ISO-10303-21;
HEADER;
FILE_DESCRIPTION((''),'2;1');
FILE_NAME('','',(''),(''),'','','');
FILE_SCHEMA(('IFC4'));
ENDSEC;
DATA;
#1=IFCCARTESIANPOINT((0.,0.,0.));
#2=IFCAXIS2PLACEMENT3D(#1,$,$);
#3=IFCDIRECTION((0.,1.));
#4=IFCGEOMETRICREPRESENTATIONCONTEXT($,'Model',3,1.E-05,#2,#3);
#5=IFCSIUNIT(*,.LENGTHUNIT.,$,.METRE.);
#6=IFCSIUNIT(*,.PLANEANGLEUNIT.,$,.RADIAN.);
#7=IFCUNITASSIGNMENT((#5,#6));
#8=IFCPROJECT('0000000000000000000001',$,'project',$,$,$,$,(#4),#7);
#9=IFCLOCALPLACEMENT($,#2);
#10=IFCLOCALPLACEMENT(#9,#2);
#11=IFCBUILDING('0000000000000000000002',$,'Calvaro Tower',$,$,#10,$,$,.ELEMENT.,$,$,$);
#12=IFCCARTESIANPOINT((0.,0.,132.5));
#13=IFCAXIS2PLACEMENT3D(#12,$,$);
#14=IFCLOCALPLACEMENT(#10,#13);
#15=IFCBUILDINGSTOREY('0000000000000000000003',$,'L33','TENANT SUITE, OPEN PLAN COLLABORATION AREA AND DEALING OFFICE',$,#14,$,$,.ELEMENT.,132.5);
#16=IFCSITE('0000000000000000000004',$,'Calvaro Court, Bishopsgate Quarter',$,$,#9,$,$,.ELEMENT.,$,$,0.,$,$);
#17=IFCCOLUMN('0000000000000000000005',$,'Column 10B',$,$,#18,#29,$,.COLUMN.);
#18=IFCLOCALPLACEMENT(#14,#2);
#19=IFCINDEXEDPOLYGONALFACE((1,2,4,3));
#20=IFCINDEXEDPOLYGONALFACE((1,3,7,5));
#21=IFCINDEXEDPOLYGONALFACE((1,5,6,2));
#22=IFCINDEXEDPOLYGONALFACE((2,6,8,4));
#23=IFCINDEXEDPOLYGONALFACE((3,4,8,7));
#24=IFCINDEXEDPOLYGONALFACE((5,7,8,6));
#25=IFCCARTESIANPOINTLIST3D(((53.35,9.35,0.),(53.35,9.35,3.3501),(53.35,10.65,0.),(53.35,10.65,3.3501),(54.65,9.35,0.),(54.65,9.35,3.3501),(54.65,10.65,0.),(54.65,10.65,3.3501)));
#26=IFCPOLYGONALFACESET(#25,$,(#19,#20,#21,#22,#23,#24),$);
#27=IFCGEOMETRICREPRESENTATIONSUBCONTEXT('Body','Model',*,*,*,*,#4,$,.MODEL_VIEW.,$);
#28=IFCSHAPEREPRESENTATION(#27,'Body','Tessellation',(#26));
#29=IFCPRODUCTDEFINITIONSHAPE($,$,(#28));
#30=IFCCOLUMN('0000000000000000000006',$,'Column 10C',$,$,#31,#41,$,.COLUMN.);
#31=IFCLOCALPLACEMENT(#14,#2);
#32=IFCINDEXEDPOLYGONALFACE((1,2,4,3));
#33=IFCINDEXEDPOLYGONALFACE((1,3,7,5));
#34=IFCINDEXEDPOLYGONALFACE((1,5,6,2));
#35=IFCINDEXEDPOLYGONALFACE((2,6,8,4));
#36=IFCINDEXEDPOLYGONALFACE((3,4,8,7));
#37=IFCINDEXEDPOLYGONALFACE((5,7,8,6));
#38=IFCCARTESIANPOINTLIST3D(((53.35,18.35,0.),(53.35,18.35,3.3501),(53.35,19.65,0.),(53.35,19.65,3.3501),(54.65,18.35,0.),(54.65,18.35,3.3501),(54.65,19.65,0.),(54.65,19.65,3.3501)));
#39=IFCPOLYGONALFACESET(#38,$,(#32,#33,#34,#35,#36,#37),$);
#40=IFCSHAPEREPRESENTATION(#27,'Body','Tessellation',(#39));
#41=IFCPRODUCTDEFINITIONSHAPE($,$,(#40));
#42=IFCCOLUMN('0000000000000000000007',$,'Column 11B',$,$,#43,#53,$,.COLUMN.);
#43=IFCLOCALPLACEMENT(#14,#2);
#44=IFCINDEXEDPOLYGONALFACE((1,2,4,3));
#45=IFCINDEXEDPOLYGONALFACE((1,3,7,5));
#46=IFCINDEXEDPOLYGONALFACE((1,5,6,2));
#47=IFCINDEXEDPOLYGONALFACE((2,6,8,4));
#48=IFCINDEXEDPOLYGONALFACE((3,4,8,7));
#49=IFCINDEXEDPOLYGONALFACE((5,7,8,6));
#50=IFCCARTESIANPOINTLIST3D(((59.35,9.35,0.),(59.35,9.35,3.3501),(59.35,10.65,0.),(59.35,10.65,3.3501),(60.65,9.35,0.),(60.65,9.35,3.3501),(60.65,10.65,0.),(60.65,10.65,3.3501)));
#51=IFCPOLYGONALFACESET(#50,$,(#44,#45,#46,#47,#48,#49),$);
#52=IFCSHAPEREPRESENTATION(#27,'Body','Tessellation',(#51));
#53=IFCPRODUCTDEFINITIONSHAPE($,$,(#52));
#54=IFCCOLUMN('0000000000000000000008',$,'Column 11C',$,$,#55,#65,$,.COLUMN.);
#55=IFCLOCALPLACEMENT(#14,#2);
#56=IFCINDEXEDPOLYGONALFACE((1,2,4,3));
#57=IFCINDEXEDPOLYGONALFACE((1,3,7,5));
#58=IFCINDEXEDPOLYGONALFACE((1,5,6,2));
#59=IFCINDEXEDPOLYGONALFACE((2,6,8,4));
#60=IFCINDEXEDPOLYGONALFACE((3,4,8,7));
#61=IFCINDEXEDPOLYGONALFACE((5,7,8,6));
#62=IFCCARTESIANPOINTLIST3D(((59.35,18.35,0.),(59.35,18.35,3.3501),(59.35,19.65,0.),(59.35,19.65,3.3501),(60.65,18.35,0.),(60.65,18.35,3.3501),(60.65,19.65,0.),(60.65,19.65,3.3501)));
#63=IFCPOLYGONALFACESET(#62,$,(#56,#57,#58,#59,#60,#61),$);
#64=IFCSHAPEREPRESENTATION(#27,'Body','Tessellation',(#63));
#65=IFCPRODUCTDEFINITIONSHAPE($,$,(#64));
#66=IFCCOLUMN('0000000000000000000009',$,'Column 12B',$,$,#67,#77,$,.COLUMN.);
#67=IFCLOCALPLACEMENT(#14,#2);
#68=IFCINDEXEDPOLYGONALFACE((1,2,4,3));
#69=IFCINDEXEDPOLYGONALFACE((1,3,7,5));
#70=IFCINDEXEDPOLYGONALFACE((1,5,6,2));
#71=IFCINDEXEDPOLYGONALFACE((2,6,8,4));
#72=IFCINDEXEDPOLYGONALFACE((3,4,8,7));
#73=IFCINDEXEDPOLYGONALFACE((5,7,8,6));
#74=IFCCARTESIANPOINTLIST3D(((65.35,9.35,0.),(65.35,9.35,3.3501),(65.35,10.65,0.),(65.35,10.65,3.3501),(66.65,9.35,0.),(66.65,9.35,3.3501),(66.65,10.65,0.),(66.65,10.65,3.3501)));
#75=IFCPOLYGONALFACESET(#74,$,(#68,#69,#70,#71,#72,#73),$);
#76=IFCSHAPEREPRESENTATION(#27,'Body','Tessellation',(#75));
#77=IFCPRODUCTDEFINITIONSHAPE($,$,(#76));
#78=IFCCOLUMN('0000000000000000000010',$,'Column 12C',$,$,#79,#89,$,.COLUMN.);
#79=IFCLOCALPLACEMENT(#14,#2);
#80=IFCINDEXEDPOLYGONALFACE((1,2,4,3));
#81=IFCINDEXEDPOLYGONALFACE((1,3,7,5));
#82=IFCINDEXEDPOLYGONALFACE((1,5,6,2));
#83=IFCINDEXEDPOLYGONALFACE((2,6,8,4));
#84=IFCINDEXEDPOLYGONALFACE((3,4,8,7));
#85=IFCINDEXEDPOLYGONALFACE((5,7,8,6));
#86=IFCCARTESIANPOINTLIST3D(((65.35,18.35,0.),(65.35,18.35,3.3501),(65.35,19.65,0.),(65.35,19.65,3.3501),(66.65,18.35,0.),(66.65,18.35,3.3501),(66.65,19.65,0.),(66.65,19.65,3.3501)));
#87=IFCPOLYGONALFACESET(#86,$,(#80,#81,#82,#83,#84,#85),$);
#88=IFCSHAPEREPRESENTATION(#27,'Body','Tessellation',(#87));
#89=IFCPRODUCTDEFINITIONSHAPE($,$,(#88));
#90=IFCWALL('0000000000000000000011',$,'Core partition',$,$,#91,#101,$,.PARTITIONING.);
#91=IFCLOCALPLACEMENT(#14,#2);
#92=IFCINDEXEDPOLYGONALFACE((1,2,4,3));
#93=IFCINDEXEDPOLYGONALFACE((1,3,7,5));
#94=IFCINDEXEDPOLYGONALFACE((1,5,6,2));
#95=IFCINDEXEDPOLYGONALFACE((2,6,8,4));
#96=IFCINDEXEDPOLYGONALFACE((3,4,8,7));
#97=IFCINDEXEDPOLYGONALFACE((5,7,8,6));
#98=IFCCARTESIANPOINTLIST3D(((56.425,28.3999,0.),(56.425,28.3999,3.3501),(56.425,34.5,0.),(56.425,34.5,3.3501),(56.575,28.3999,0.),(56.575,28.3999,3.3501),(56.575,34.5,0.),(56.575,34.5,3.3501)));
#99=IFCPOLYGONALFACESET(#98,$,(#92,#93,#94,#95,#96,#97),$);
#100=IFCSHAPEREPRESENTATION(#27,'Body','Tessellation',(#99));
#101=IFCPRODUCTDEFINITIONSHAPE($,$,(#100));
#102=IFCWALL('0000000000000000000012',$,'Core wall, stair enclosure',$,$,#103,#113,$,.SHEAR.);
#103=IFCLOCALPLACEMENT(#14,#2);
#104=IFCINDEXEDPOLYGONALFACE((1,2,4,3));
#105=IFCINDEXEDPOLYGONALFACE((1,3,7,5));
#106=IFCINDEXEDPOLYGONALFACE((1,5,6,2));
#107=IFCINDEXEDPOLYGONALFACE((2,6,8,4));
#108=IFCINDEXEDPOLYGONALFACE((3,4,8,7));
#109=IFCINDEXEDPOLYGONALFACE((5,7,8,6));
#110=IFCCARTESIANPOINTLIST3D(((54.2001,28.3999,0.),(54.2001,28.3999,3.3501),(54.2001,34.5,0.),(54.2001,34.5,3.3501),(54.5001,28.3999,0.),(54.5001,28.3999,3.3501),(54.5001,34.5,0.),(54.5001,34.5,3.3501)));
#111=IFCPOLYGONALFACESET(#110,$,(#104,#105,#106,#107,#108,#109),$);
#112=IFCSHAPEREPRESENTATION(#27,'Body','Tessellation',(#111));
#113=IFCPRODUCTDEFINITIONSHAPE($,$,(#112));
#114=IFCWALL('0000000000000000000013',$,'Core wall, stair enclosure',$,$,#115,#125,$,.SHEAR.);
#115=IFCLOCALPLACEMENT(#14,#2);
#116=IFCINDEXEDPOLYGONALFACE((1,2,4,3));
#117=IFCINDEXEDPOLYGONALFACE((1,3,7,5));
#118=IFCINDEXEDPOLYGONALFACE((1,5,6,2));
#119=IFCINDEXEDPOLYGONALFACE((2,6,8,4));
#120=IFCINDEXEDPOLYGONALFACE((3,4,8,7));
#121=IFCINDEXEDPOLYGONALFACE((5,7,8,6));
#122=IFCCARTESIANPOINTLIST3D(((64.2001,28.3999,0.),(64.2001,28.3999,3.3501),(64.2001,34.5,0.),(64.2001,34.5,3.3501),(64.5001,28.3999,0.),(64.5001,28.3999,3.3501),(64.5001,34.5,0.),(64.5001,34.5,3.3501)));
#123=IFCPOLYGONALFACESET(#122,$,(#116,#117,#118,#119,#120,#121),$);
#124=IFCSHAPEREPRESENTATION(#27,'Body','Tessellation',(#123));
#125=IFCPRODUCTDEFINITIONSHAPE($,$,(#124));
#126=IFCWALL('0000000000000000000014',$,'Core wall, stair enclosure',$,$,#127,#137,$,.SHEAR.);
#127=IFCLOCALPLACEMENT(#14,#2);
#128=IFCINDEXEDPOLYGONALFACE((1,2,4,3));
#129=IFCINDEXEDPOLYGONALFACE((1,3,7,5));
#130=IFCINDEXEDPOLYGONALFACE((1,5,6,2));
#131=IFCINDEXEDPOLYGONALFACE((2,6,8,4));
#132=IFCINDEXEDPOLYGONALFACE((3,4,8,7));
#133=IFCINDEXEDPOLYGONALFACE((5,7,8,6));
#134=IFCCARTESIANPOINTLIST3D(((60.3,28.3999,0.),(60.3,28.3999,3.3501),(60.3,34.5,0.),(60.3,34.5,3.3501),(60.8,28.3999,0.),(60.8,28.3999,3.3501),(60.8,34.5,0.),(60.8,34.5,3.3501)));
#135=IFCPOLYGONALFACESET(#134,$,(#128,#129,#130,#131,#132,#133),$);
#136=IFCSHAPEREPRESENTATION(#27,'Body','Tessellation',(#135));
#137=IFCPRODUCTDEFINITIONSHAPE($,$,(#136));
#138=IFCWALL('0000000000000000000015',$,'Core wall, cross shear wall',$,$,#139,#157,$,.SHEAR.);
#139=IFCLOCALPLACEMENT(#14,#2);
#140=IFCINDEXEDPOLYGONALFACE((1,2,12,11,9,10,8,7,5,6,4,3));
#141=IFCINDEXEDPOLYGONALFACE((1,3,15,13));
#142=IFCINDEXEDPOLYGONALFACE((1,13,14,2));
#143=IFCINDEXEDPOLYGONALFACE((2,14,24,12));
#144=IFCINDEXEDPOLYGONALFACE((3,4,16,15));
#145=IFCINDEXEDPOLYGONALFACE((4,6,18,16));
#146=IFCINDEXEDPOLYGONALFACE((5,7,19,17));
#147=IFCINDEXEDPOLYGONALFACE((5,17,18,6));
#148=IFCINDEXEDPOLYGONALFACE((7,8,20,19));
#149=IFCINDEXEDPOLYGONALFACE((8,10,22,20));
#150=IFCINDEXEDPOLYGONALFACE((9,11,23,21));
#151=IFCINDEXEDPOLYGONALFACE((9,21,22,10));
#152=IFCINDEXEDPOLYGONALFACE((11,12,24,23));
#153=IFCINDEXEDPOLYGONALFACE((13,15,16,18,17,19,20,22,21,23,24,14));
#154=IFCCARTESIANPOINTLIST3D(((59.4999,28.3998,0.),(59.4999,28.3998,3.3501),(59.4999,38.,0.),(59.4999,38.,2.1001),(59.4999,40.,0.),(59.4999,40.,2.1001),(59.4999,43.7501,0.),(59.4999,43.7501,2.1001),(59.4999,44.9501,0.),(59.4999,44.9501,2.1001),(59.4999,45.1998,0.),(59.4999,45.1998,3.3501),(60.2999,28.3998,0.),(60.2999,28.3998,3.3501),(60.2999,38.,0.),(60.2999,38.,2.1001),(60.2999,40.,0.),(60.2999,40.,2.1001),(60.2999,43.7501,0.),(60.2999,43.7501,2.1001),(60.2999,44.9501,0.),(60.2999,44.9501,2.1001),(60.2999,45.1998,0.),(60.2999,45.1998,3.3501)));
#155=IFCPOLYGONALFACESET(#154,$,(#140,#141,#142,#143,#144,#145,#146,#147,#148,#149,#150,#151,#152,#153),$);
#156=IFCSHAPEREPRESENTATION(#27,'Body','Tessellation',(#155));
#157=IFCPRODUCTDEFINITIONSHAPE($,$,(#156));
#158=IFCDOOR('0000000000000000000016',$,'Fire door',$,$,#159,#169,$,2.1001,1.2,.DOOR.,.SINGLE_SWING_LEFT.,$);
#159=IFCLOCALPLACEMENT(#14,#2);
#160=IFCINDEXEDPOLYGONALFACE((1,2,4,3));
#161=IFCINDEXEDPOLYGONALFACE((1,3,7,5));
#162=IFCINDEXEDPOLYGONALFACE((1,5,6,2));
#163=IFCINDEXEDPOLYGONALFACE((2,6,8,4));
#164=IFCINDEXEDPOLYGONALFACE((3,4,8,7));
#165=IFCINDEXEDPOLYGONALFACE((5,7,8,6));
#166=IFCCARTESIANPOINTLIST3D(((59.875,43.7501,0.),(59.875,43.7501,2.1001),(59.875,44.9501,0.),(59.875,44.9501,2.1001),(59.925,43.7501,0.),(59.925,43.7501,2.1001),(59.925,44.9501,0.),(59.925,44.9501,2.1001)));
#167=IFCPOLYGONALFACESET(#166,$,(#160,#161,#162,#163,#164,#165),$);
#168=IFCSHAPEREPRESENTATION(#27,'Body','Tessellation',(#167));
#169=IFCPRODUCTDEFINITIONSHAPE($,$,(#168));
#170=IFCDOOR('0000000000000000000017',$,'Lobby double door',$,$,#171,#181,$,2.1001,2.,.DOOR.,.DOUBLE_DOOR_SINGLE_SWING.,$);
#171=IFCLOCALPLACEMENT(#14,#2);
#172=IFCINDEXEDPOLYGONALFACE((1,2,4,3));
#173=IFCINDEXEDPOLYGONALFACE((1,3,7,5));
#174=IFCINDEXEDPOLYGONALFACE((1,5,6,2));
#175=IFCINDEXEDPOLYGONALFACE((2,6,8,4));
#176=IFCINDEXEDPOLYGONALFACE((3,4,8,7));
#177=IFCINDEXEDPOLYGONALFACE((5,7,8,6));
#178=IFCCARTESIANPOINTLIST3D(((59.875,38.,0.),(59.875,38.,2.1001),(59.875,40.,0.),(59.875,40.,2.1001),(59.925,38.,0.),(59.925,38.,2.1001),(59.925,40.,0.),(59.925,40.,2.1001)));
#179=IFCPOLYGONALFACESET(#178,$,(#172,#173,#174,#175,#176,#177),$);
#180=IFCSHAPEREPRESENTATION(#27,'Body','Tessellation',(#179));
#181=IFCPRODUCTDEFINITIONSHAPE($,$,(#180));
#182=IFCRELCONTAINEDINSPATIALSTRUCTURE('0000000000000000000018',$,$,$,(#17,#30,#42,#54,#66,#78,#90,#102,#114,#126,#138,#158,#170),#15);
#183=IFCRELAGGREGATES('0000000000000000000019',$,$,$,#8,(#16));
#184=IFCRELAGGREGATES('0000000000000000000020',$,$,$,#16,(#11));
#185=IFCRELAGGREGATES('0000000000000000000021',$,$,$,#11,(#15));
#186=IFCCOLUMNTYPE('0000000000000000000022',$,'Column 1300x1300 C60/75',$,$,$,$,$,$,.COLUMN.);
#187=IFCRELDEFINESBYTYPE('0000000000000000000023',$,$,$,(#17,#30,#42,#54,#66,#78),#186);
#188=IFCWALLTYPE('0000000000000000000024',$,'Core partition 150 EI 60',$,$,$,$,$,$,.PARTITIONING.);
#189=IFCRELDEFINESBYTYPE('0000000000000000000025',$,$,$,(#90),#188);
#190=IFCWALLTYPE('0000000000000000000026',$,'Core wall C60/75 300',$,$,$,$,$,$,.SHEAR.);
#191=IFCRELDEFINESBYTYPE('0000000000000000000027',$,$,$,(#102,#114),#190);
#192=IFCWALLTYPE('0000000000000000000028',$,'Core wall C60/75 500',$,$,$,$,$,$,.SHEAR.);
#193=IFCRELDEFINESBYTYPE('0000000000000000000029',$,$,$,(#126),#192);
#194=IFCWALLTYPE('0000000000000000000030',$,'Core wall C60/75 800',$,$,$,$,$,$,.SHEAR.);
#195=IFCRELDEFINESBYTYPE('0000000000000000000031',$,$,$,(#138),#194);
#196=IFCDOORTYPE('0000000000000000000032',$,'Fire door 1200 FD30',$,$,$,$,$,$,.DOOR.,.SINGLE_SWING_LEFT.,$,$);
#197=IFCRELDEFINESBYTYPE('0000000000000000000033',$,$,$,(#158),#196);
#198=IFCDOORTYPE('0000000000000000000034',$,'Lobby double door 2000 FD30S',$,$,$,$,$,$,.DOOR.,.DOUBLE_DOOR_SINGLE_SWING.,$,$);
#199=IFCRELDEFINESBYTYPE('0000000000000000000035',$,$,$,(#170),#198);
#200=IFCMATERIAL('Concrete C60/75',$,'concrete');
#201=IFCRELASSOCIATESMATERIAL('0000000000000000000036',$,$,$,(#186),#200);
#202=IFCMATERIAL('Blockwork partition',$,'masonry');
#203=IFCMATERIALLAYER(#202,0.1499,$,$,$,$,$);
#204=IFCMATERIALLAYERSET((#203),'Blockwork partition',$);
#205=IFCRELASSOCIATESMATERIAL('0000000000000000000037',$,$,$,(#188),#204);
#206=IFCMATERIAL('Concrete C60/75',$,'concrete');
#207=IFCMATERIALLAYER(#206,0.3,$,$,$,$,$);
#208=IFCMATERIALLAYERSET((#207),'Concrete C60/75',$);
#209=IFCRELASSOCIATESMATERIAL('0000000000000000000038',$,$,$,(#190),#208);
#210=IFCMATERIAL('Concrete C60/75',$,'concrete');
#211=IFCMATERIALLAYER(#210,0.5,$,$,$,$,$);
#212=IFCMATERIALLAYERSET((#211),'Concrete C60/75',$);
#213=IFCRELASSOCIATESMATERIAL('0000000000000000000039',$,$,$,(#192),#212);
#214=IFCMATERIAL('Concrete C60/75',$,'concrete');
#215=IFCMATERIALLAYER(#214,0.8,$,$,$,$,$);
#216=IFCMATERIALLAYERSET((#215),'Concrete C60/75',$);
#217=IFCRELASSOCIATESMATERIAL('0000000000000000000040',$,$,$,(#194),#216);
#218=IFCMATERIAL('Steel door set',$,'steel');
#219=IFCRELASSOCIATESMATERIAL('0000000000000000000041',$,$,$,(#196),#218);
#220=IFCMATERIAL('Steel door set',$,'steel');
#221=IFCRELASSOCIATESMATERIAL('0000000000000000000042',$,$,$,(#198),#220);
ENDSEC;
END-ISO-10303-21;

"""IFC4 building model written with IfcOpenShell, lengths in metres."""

from ifc_helpers import new_model, si_unit, direction, frame, frame_2d, origin, origin_2d, place, context, subcontext, project, spatial, rectangle, extrude, material, layer, layer_set, material_profile, profile_set, type_object, element, fill, save


model = new_model("IFC4")

# Units and contexts
model_context = context("Model", 3, precision=1e-05, world=origin(), true_north=direction((0.0, 1.0)))
body_context = subcontext(model_context, "Body", "Model", "MODEL_VIEW")
ifc_project = project(units=[si_unit("LENGTHUNIT", "METRE"), si_unit("PLANEANGLEUNIT", "RADIAN")], contexts=[model_context])

# Site, building, storey
site_placement = place(None, origin())
site = spatial("IfcSite", under=ifc_project, at=site_placement, Name="Calvaro Court, Bishopsgate Quarter", CompositionType="ELEMENT", RefElevation=0.0)
building_placement = place(site_placement, origin())
building = spatial("IfcBuilding", under=site, at=building_placement, Name="Calvaro Tower", CompositionType="ELEMENT")
storey_placement = place(building_placement, frame((0.0, 0.0, 132.5)))
storey = spatial("IfcBuildingStorey", under=building, at=storey_placement, Name="L33", Description="TENANT SUITE, OPEN PLAN COLLABORATION AREA AND DEALING OFFICE", CompositionType="ELEMENT", Elevation=132.5)

# Columns
ifc_material_1 = material(Name="Concrete C60/75", Category="concrete")
ifc_material_profile = material_profile(ifc_material_1, rectangle(XDim=1.3, YDim=1.3, at=origin_2d()), Name="RC 1300x1300")
ifc_profile_set = profile_set([ifc_material_profile], Name="Concrete C60/75")
column_type = type_object("IfcColumnType", Name="Column 1300x1300 C60/75", PredefinedType="COLUMN", material=ifc_profile_set)
for number, where, z_axis, x_axis, name in (
    (1, (54.0, 10.0, 0.0), (0.0, 0.0, 1.0), (1.0, 0.0, 0.0), "Column 10B"),
    (2, (54.0, 19.0, 0.0), (0.0, 0.0, 1.0), (1.0, 0.0, 0.0), "Column 10C"),
    (3, (60.0, 10.0, 0.0), (0.0, 0.0, 1.0), (1.0, 0.0, 0.0), "Column 11B"),
    (4, (60.0, 19.0, 0.0), (0.0, 0.0, 1.0), (1.0, 0.0, 0.0), "Column 11C"),
    (5, (66.0, 10.0, 0.0), (0.0, 0.0, 1.0), (1.0, 0.0, 0.0), "Column 12B"),
    (6, (66.0, 19.0, 0.0), (0.0, 0.0, 1.0), (1.0, 0.0, 0.0), "Column 12C"),
):
    element("IfcColumn", number, at=place(storey_placement, frame(where, z_axis=z_axis, x_axis=x_axis)), inside=storey, type_object=column_type, Name=name, PredefinedType="COLUMN", context=body_context, shape_type="SweptSolid", body=[
        extrude(rectangle(XDim=1.3, YDim=1.3, at=origin_2d()), origin(), (0.0, 0.0, 1.0), 3.3501),
    ])

# Walls
ifc_material_2 = material(Name="Blockwork partition", Category="masonry")
ifc_layer_1 = layer(ifc_material_2, 0.1499)
ifc_layer_set_1 = layer_set([ifc_layer_1], Name="Blockwork partition")
wall_type_1 = type_object("IfcWallType", Name="Core partition 150 EI 60", PredefinedType="PARTITIONING", material=ifc_layer_set_1)
wall_1_placement = place(storey_placement, frame((56.5, 28.3999, 0.0), z_axis=(0.0, 0.0, 1.0), x_axis=(0.0, 1.0, 0.0)))
element("IfcWall", 7, at=wall_1_placement, inside=storey, type_object=wall_type_1, Name="Core partition", PredefinedType="PARTITIONING", context=body_context, shape_type="SweptSolid", body=[
    extrude(rectangle(XDim=6.1001, YDim=0.1499, at=frame_2d((3.05, 0.0))), origin(), (0.0, 0.0, 1.0), 3.3501),
])
ifc_material_3 = material(Name="Concrete C60/75", Category="concrete")
ifc_layer_2 = layer(ifc_material_3, 0.3)
ifc_layer_set_2 = layer_set([ifc_layer_2], Name="Concrete C60/75")
wall_type_2 = type_object("IfcWallType", Name="Core wall C60/75 300", PredefinedType="SHEAR", material=ifc_layer_set_2)
for number, where, z_axis, x_axis, name in (
    (8, (54.3501, 28.3999, 0.0), (0.0, 0.0, 1.0), (0.0, 1.0, 0.0), "Core wall, stair enclosure"),
    (9, (64.3501, 28.3999, 0.0), (0.0, 0.0, 1.0), (0.0, 1.0, 0.0), "Core wall, stair enclosure"),
):
    element("IfcWall", number, at=place(storey_placement, frame(where, z_axis=z_axis, x_axis=x_axis)), inside=storey, type_object=wall_type_2, Name=name, PredefinedType="SHEAR", context=body_context, shape_type="SweptSolid", body=[
        extrude(rectangle(XDim=6.1001, YDim=0.3, at=frame_2d((3.05, 0.0))), origin(), (0.0, 0.0, 1.0), 3.3501),
    ])
ifc_material_4 = material(Name="Concrete C60/75", Category="concrete")
ifc_layer_3 = layer(ifc_material_4, 0.5)
ifc_layer_set_3 = layer_set([ifc_layer_3], Name="Concrete C60/75")
wall_type_3 = type_object("IfcWallType", Name="Core wall C60/75 500", PredefinedType="SHEAR", material=ifc_layer_set_3)
wall_2_placement = place(storey_placement, frame((60.55, 28.3999, 0.0), z_axis=(0.0, 0.0, 1.0), x_axis=(0.0, 1.0, 0.0)))
element("IfcWall", 10, at=wall_2_placement, inside=storey, type_object=wall_type_3, Name="Core wall, stair enclosure", PredefinedType="SHEAR", context=body_context, shape_type="SweptSolid", body=[
    extrude(rectangle(XDim=6.1001, YDim=0.5, at=frame_2d((3.05, 0.0))), origin(), (0.0, 0.0, 1.0), 3.3501),
])

# Wall, openings, doors
ifc_material_5 = material(Name="Concrete C60/75", Category="concrete")
ifc_layer_4 = layer(ifc_material_5, 0.8)
ifc_layer_set_4 = layer_set([ifc_layer_4], Name="Concrete C60/75")
wall_type_4 = type_object("IfcWallType", Name="Core wall C60/75 800", PredefinedType="SHEAR", material=ifc_layer_set_4)
wall_3_placement = place(storey_placement, frame((59.8999, 28.3999, 0.0), z_axis=(0.0, 0.0, 1.0), x_axis=(0.0, 1.0, 0.0)))
wall_3 = element("IfcWall", 11, at=wall_3_placement, inside=storey, type_object=wall_type_4, Name="Core wall, cross shear wall", PredefinedType="SHEAR", context=body_context, shape_type="SweptSolid", body=[
    extrude(rectangle(XDim=16.8, YDim=0.8, at=frame_2d((8.3999, 0.0))), origin(), (0.0, 0.0, 1.0), 3.3501),
])
opening_1_placement = place(wall_3_placement, frame((9.6001, 0.0, 0.0)))
opening_1 = element("IfcOpeningElement", 12, at=opening_1_placement, cuts=wall_3, PredefinedType="OPENING", context=body_context, shape_type="SweptSolid", body=[
    extrude(rectangle(XDim=2.0, YDim=2.1001, at=frame_2d((1.0, 1.05))), frame((0.0, 0.4099, 0.0), z_axis=(0.0, -1.0, 0.0), x_axis=(1.0, 0.0, 0.0)), (0.0, 0.0, 1.0), 0.8201),
])
opening_2_placement = place(wall_3_placement, frame((15.3501, 0.0, 0.0)))
opening_2 = element("IfcOpeningElement", 13, at=opening_2_placement, cuts=wall_3, PredefinedType="OPENING", context=body_context, shape_type="SweptSolid", body=[
    extrude(rectangle(XDim=1.2, YDim=2.1001, at=frame_2d((0.6001, 1.05))), frame((0.0, 0.4099, 0.0), z_axis=(0.0, -1.0, 0.0), x_axis=(1.0, 0.0, 0.0)), (0.0, 0.0, 1.0), 0.8201),
])
ifc_material_6 = material(Name="Steel door set", Category="steel")
door_type_1 = type_object("IfcDoorType", Name="Fire door 1200 FD30", OperationType="SINGLE_SWING_LEFT", PredefinedType="DOOR", material=ifc_material_6)
door_1_placement = place(opening_2_placement, origin())
door_1 = element("IfcDoor", 14, at=door_1_placement, inside=storey, type_object=door_type_1, Name="Fire door", OperationType="SINGLE_SWING_LEFT", OverallHeight=2.1001, OverallWidth=1.2, PredefinedType="DOOR", context=body_context, shape_type="SweptSolid", body=[
    extrude(rectangle(XDim=1.2, YDim=2.1001, at=frame_2d((0.6001, 1.05))), frame((0.0, 0.0249, 0.0), z_axis=(0.0, -1.0, 0.0), x_axis=(1.0, 0.0, 0.0)), (0.0, 0.0, 1.0), 0.05),
])
fill(opening_2, door_1)
ifc_material_7 = material(Name="Steel door set", Category="steel")
door_type_2 = type_object("IfcDoorType", Name="Lobby double door 2000 FD30S", OperationType="DOUBLE_DOOR_SINGLE_SWING", PredefinedType="DOOR", material=ifc_material_7)
door_2_placement = place(opening_1_placement, origin())
door_2 = element("IfcDoor", 15, at=door_2_placement, inside=storey, type_object=door_type_2, Name="Lobby double door", OperationType="DOUBLE_DOOR_SINGLE_SWING", OverallHeight=2.1001, OverallWidth=2.0, PredefinedType="DOOR", context=body_context, shape_type="SweptSolid", body=[
    extrude(rectangle(XDim=2.0, YDim=2.1001, at=frame_2d((1.0, 1.05))), frame((0.0, 0.0249, 0.0), z_axis=(0.0, -1.0, 0.0), x_axis=(1.0, 0.0, 0.0)), (0.0, 0.0, 1.0), 0.05),
])
fill(opening_1, door_2)

save(model, "model.ifc")
